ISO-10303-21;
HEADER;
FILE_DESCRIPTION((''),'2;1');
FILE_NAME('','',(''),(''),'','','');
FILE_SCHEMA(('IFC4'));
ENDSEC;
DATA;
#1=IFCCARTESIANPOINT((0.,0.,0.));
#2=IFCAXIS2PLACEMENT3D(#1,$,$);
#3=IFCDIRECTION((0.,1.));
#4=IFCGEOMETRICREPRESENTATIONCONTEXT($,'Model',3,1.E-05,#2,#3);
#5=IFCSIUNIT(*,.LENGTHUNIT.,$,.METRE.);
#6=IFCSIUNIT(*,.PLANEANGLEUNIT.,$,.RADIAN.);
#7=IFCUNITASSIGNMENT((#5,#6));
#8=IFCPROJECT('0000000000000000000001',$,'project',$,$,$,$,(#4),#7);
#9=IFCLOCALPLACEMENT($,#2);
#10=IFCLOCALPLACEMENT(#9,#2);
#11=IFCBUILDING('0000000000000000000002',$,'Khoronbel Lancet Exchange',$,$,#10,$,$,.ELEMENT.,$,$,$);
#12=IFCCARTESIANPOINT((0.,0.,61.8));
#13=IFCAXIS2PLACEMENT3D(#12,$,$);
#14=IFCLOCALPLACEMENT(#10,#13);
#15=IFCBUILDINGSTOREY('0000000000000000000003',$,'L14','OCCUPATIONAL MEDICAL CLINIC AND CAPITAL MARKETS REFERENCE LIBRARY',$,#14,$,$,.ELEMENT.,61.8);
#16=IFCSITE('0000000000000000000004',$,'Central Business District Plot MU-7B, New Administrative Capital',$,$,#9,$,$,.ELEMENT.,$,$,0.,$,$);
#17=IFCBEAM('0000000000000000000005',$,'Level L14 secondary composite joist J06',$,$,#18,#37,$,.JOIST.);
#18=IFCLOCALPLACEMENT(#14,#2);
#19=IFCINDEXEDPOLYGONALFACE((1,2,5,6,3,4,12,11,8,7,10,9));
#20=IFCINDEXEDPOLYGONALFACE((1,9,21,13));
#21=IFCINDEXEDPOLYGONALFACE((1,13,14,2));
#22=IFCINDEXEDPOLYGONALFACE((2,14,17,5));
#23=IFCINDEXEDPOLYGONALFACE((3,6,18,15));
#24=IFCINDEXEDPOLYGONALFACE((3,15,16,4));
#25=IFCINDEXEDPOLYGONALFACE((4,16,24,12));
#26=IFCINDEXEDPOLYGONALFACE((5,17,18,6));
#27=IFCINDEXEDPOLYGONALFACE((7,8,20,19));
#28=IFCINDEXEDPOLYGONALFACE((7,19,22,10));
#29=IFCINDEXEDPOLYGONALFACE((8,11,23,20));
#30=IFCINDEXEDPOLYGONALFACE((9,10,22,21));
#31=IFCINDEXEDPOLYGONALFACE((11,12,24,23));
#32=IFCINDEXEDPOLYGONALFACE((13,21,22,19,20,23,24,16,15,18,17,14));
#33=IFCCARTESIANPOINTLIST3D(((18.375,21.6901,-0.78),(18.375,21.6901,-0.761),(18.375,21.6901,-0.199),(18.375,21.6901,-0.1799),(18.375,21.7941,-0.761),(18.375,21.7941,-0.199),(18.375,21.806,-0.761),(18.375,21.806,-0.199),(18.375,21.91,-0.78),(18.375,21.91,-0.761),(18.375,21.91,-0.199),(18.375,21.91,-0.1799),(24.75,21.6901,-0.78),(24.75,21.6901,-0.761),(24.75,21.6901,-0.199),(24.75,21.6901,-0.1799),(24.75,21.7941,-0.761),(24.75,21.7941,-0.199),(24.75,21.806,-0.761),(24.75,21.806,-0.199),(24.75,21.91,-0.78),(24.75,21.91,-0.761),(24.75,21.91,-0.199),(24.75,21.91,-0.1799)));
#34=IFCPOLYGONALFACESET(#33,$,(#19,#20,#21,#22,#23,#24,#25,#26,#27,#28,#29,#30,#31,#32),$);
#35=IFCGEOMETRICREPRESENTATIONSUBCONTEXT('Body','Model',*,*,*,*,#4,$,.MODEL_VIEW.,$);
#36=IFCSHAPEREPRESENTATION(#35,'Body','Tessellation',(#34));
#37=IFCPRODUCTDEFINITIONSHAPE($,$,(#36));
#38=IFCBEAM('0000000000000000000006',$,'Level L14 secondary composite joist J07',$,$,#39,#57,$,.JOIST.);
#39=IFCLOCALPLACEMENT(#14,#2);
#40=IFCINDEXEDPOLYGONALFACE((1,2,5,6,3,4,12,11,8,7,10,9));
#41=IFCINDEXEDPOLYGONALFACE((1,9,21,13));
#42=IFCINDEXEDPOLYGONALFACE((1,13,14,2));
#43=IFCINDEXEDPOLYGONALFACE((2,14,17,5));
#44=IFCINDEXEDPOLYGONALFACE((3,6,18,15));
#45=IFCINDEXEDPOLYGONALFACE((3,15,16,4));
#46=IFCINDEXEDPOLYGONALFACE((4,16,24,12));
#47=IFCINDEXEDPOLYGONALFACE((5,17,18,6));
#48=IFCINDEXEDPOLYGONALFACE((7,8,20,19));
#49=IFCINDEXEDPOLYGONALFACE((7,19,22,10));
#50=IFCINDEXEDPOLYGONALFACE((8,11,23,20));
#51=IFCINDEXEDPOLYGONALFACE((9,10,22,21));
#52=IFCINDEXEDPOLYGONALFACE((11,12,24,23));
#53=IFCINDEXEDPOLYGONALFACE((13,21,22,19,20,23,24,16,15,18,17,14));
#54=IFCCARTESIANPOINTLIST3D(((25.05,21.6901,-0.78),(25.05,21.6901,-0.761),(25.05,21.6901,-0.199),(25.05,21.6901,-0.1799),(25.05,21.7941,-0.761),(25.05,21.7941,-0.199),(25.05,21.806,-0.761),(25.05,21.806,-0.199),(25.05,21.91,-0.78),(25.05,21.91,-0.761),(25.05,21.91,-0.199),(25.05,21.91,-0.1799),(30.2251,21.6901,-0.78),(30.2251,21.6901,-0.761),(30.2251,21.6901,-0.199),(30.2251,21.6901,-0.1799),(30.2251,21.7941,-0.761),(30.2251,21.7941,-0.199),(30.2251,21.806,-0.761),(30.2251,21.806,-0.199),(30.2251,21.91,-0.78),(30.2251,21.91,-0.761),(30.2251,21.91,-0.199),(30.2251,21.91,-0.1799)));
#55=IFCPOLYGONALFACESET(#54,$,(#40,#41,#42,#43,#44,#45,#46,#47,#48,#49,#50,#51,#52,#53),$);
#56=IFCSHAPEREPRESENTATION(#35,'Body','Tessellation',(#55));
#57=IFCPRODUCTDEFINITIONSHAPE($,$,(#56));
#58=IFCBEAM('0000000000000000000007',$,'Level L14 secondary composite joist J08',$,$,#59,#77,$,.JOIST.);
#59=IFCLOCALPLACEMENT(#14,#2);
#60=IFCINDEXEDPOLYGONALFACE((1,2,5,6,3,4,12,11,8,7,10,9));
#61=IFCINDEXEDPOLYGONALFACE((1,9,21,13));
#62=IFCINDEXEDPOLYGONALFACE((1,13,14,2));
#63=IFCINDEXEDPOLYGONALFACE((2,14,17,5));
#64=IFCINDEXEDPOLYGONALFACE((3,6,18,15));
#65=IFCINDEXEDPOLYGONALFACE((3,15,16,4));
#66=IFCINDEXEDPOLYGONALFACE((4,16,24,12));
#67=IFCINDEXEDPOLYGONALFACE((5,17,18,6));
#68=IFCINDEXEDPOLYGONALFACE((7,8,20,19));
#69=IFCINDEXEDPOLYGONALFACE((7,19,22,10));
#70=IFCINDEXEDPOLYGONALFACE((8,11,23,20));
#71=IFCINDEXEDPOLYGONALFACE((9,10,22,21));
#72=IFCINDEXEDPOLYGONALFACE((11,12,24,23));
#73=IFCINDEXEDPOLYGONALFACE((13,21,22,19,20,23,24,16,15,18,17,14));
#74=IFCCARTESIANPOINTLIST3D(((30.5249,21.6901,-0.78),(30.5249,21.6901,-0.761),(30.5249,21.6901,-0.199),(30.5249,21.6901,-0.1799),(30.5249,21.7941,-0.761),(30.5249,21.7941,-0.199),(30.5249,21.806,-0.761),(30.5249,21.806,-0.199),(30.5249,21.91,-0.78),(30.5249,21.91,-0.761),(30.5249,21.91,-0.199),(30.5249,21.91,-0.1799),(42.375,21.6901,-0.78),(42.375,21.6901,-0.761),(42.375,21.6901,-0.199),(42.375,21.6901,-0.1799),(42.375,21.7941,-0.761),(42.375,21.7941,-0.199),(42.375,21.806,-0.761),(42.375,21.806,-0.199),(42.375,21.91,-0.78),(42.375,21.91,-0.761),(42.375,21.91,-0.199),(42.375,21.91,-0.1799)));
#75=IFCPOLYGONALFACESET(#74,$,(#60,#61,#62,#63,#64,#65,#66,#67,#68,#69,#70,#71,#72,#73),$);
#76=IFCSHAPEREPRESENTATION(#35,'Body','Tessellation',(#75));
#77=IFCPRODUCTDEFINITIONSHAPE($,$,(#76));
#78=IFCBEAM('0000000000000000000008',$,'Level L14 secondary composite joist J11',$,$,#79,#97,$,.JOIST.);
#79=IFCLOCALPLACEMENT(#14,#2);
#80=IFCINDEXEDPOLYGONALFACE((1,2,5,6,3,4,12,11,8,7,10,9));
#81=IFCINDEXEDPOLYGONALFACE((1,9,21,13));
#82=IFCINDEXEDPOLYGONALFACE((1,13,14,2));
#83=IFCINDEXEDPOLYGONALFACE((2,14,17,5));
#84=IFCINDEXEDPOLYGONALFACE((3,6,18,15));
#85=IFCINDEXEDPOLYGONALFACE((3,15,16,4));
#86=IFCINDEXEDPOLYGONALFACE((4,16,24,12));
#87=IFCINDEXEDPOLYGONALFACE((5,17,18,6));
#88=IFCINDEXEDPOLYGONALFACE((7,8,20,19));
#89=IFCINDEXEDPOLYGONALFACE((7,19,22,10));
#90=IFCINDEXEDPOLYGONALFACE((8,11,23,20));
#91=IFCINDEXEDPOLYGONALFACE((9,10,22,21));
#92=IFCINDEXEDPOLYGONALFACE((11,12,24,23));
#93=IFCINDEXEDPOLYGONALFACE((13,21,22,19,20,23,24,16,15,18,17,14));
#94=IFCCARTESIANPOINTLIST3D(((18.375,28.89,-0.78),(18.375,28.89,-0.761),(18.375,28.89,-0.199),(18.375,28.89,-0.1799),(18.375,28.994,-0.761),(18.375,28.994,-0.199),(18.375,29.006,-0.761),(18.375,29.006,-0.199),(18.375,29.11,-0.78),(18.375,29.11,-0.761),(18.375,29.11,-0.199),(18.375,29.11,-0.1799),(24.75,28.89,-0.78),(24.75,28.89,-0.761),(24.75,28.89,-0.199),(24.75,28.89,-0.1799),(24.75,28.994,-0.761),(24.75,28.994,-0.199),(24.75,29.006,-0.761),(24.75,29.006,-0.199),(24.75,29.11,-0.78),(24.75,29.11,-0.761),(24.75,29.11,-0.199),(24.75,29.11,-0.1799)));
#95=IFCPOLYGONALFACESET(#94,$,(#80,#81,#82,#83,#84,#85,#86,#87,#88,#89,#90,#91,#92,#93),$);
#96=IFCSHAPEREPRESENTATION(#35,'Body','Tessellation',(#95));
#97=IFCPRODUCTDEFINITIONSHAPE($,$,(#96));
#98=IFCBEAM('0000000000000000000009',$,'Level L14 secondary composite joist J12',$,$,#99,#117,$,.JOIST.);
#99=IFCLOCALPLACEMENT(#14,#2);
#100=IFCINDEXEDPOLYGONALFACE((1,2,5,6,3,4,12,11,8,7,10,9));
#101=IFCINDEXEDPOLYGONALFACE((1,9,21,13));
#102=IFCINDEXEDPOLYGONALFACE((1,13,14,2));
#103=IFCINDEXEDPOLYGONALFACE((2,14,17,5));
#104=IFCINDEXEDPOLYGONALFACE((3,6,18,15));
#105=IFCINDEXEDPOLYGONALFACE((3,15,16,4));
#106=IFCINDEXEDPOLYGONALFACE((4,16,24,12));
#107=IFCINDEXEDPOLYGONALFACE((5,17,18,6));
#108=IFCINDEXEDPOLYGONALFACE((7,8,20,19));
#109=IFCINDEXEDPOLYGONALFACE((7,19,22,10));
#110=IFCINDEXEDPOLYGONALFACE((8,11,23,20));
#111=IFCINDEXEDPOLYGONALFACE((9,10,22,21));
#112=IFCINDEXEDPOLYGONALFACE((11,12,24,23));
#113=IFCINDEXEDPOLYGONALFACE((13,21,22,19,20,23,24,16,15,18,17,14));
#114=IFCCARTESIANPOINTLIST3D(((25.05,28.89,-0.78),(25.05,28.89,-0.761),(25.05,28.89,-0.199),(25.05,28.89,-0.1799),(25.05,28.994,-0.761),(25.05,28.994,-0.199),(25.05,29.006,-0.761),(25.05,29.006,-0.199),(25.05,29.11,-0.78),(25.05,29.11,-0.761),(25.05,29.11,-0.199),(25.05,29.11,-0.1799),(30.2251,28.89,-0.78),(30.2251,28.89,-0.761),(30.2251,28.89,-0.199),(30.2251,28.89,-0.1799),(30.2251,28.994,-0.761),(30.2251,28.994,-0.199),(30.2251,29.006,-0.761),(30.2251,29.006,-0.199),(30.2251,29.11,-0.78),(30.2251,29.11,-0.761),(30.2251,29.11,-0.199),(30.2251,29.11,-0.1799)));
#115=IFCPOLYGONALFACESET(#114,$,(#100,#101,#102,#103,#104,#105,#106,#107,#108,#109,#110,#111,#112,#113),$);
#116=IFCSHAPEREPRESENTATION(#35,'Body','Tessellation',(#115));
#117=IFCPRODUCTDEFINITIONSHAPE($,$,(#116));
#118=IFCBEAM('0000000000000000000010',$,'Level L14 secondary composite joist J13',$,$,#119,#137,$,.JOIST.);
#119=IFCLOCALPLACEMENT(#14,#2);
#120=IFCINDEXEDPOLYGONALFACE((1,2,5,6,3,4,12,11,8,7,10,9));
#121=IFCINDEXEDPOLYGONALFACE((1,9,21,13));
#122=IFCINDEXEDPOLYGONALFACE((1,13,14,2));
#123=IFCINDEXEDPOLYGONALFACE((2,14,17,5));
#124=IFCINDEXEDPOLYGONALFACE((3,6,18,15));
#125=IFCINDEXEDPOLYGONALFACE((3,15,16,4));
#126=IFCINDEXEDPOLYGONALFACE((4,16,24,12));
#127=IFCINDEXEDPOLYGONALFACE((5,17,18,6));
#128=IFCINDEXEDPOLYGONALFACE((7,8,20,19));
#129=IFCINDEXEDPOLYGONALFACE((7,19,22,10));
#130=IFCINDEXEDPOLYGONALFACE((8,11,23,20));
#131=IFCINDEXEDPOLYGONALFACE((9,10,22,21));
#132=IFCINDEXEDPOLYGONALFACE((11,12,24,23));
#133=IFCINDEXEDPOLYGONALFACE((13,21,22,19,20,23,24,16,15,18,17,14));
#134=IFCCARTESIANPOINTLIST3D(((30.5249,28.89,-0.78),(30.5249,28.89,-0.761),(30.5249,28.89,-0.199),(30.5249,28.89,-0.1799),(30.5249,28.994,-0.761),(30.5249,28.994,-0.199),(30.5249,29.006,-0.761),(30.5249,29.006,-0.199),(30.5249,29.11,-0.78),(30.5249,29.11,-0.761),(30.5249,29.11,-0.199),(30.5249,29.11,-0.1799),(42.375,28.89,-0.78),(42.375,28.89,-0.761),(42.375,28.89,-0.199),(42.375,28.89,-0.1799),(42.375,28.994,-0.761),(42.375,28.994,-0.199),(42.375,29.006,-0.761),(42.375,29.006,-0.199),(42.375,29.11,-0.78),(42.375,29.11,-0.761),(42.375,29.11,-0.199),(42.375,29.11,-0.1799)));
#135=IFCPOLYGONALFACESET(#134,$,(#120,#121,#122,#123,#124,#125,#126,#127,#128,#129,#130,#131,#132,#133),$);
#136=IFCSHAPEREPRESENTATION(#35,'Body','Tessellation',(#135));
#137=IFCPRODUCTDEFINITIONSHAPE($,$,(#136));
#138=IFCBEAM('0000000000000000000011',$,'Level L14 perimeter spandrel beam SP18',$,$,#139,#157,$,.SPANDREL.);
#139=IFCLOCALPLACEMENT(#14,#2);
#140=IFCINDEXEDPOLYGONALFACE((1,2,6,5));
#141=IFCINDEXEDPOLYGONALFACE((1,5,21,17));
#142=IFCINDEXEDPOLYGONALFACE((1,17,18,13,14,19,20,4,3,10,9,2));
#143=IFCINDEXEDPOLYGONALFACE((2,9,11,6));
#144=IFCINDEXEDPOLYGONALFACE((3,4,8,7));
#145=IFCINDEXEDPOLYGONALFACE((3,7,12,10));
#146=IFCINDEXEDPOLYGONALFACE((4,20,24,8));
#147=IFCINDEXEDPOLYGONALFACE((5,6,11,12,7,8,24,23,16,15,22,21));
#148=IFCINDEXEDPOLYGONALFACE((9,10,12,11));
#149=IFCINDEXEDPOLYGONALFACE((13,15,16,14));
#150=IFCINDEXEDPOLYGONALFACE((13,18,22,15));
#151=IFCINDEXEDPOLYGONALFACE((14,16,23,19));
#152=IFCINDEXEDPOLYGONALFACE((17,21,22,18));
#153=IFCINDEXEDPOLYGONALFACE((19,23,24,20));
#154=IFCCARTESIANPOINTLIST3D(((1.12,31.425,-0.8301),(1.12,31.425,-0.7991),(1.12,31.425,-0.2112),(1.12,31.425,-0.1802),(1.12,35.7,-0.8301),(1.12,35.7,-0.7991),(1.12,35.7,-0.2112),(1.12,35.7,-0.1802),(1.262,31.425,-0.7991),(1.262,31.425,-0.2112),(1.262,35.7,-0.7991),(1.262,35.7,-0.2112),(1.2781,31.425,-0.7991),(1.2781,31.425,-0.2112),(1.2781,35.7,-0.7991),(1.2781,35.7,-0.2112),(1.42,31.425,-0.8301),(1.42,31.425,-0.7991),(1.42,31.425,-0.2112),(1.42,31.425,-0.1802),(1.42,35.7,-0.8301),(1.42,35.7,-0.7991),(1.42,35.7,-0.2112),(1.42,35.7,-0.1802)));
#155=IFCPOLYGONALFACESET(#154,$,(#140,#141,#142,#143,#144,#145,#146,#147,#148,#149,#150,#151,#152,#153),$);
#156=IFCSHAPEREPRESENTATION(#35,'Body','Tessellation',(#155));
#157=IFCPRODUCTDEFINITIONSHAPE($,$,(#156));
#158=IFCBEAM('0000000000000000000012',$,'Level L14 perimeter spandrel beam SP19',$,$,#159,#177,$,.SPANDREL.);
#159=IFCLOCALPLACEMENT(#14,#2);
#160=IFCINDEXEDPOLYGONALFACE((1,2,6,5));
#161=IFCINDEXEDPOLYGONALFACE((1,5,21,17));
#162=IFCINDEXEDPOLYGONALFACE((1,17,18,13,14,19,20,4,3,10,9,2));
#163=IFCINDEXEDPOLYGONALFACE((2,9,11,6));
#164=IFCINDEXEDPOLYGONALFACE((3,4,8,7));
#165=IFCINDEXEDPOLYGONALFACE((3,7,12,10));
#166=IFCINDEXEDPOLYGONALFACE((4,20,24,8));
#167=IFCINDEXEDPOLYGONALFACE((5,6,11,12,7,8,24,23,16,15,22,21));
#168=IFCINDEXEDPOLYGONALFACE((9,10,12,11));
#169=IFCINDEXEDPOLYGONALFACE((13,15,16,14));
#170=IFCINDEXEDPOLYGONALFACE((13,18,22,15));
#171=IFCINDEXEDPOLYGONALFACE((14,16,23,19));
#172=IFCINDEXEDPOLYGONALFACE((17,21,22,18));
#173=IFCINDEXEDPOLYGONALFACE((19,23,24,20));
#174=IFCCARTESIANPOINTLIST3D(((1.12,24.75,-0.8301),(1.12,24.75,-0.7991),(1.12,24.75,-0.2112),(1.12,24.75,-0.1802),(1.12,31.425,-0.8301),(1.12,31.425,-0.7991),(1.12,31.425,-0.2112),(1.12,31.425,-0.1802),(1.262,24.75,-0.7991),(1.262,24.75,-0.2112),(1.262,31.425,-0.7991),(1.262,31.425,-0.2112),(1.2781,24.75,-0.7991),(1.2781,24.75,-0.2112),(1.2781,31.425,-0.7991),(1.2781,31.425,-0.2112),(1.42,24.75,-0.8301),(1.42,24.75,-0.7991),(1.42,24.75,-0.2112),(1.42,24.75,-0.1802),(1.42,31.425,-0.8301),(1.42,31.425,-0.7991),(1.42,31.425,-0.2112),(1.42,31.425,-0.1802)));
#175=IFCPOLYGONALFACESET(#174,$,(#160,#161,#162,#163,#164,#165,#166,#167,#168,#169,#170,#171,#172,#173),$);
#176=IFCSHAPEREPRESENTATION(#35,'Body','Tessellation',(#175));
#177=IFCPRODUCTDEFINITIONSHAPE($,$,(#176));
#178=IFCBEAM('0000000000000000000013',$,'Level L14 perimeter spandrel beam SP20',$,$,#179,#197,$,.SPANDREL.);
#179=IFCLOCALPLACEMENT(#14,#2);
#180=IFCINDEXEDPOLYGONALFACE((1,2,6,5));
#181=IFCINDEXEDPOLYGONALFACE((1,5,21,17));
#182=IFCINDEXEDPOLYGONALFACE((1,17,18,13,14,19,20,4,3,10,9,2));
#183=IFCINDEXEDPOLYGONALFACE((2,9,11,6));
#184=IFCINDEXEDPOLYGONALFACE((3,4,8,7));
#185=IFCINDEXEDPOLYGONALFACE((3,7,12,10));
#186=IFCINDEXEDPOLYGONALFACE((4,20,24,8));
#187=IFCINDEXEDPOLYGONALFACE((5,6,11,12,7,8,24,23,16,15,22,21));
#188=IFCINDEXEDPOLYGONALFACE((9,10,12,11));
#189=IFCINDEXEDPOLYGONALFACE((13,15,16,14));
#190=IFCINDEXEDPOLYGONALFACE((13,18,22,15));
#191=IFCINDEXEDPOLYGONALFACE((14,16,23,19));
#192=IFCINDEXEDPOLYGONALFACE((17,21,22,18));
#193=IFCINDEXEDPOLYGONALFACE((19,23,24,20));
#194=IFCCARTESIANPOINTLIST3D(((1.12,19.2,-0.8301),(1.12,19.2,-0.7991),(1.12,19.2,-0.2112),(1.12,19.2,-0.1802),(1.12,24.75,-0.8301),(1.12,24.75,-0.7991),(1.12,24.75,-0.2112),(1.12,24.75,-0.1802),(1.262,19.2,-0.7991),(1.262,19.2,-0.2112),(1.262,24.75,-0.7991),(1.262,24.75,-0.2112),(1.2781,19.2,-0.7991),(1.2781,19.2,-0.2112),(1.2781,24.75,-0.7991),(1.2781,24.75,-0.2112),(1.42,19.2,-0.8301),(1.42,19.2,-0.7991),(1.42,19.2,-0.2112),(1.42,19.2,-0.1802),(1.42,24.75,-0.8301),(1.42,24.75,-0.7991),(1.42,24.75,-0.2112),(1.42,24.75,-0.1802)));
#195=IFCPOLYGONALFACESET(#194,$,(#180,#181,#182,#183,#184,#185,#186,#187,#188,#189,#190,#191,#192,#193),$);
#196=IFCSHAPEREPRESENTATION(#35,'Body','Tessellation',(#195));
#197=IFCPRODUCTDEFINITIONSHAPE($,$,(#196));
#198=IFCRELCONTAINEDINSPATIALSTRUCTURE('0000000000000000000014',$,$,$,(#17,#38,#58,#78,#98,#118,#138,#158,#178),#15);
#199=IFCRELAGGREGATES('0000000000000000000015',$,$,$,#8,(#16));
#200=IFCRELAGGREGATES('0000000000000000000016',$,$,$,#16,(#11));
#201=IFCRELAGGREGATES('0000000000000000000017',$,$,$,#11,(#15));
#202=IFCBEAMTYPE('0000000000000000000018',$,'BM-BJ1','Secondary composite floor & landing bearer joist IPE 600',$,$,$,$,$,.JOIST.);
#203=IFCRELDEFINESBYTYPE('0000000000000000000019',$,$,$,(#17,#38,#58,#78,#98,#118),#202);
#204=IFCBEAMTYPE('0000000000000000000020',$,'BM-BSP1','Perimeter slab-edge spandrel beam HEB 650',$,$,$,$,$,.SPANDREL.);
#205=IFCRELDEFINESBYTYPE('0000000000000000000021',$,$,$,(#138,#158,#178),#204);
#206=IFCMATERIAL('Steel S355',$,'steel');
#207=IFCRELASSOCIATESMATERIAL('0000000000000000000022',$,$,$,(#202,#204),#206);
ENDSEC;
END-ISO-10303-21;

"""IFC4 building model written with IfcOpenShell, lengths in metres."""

from ifc_helpers import new_model, si_unit, direction, frame, origin, origin_2d, place, context, subcontext, project, spatial, i_section, extrude, material, material_profile, profile_set, type_object, element, save


model = new_model("IFC4")

# Units and contexts
model_context = context("Model", 3, precision=1e-05, world=origin(), true_north=direction((0.0, 1.0)))
body_context = subcontext(model_context, "Body", "Model", "MODEL_VIEW")
ifc_project = project(units=[si_unit("LENGTHUNIT", "METRE"), si_unit("PLANEANGLEUNIT", "RADIAN")], contexts=[model_context])

# Site, building, storey
site_placement = place(None, origin())
site = spatial("IfcSite", under=ifc_project, at=site_placement, Name="Central Business District Plot MU-7B, New Administrative Capital", CompositionType="ELEMENT", RefElevation=0.0)
building_placement = place(site_placement, origin())
building = spatial("IfcBuilding", under=site, at=building_placement, Name="Khoronbel Lancet Exchange", CompositionType="ELEMENT")
storey_placement = place(building_placement, frame((0.0, 0.0, 61.8)))
storey = spatial("IfcBuildingStorey", under=building, at=storey_placement, Name="L14", Description="OCCUPATIONAL MEDICAL CLINIC AND CAPITAL MARKETS REFERENCE LIBRARY", CompositionType="ELEMENT", Elevation=61.8)

# Shared definitions
ifc_material_1 = material(Name="Steel S355", Category="steel")

# Beams
ifc_material_profile_1 = material_profile(ifc_material_1, i_section(OverallWidth=0.22, OverallDepth=0.6001, WebThickness=0.012, FlangeThickness=0.019, at=origin_2d()), Name="IPE 600")
ifc_profile_set_1 = profile_set([ifc_material_profile_1], Name="Steel S355")
beam_type_1 = type_object("IfcBeamType", Name="BM-BJ1", Description="Secondary composite floor & landing bearer joist IPE 600", PredefinedType="JOIST", material=ifc_profile_set_1)
beam_1_placement = place(storey_placement, frame((18.375, 21.8, -0.48), z_axis=(1.0, 0.0, 0.0), x_axis=(0.0, 1.0, 0.0)))
element("IfcBeam", 1, at=beam_1_placement, inside=storey, type_object=beam_type_1, Name="Level L14 secondary composite joist J06", PredefinedType="JOIST", context=body_context, shape_type="SweptSolid", body=[
    extrude(i_section(OverallWidth=0.22, OverallDepth=0.6001, WebThickness=0.012, FlangeThickness=0.019, at=origin_2d()), origin(), (0.0, 0.0, 1.0), 6.375),
])
beam_2_placement = place(storey_placement, frame((25.05, 21.8, -0.48), z_axis=(1.0, 0.0, 0.0), x_axis=(0.0, 1.0, 0.0)))
element("IfcBeam", 2, at=beam_2_placement, inside=storey, type_object=beam_type_1, Name="Level L14 secondary composite joist J07", PredefinedType="JOIST", context=body_context, shape_type="SweptSolid", body=[
    extrude(i_section(OverallWidth=0.22, OverallDepth=0.6001, WebThickness=0.012, FlangeThickness=0.019, at=origin_2d()), origin(), (0.0, 0.0, 1.0), 5.175),
])
beam_3_placement = place(storey_placement, frame((30.5249, 21.8, -0.48), z_axis=(1.0, 0.0, 0.0), x_axis=(0.0, 1.0, 0.0)))
element("IfcBeam", 3, at=beam_3_placement, inside=storey, type_object=beam_type_1, Name="Level L14 secondary composite joist J08", PredefinedType="JOIST", context=body_context, shape_type="SweptSolid", body=[
    extrude(i_section(OverallWidth=0.22, OverallDepth=0.6001, WebThickness=0.012, FlangeThickness=0.019, at=origin_2d()), origin(), (0.0, 0.0, 1.0), 11.8501),
])
beam_4_placement = place(storey_placement, frame((18.375, 29.0, -0.48), z_axis=(1.0, 0.0, 0.0), x_axis=(0.0, 1.0, 0.0)))
element("IfcBeam", 4, at=beam_4_placement, inside=storey, type_object=beam_type_1, Name="Level L14 secondary composite joist J11", PredefinedType="JOIST", context=body_context, shape_type="SweptSolid", body=[
    extrude(i_section(OverallWidth=0.22, OverallDepth=0.6001, WebThickness=0.012, FlangeThickness=0.019, at=origin_2d()), origin(), (0.0, 0.0, 1.0), 6.375),
])
beam_5_placement = place(storey_placement, frame((25.05, 29.0, -0.48), z_axis=(1.0, 0.0, 0.0), x_axis=(0.0, 1.0, 0.0)))
element("IfcBeam", 5, at=beam_5_placement, inside=storey, type_object=beam_type_1, Name="Level L14 secondary composite joist J12", PredefinedType="JOIST", context=body_context, shape_type="SweptSolid", body=[
    extrude(i_section(OverallWidth=0.22, OverallDepth=0.6001, WebThickness=0.012, FlangeThickness=0.019, at=origin_2d()), origin(), (0.0, 0.0, 1.0), 5.175),
])
beam_6_placement = place(storey_placement, frame((30.5249, 29.0, -0.48), z_axis=(1.0, 0.0, 0.0), x_axis=(0.0, 1.0, 0.0)))
element("IfcBeam", 6, at=beam_6_placement, inside=storey, type_object=beam_type_1, Name="Level L14 secondary composite joist J13", PredefinedType="JOIST", context=body_context, shape_type="SweptSolid", body=[
    extrude(i_section(OverallWidth=0.22, OverallDepth=0.6001, WebThickness=0.012, FlangeThickness=0.019, at=origin_2d()), origin(), (0.0, 0.0, 1.0), 11.8501),
])
ifc_material_profile_2 = material_profile(ifc_material_1, i_section(OverallWidth=0.3, OverallDepth=0.6499, WebThickness=0.0161, FlangeThickness=0.031, at=origin_2d()), Name="HEB 650")
ifc_profile_set_2 = profile_set([ifc_material_profile_2], Name="Steel S355")
beam_type_2 = type_object("IfcBeamType", Name="BM-BSP1", Description="Perimeter slab-edge spandrel beam HEB 650", PredefinedType="SPANDREL", material=ifc_profile_set_2)
beam_7_placement = place(storey_placement, frame((1.27, 35.7, -0.5051), z_axis=(0.0, -1.0, 0.0), x_axis=(1.0, 0.0, 0.0)))
element("IfcBeam", 7, at=beam_7_placement, inside=storey, type_object=beam_type_2, Name="Level L14 perimeter spandrel beam SP18", PredefinedType="SPANDREL", context=body_context, shape_type="SweptSolid", body=[
    extrude(i_section(OverallWidth=0.3, OverallDepth=0.6499, WebThickness=0.0161, FlangeThickness=0.031, at=origin_2d()), origin(), (0.0, 0.0, 1.0), 4.2749),
])
beam_8_placement = place(storey_placement, frame((1.27, 31.425, -0.5051), z_axis=(0.0, -1.0, 0.0), x_axis=(1.0, 0.0, 0.0)))
element("IfcBeam", 8, at=beam_8_placement, inside=storey, type_object=beam_type_2, Name="Level L14 perimeter spandrel beam SP19", PredefinedType="SPANDREL", context=body_context, shape_type="SweptSolid", body=[
    extrude(i_section(OverallWidth=0.3, OverallDepth=0.6499, WebThickness=0.0161, FlangeThickness=0.031, at=origin_2d()), origin(), (0.0, 0.0, 1.0), 6.675),
])
beam_9_placement = place(storey_placement, frame((1.27, 24.75, -0.5051), z_axis=(0.0, -1.0, 0.0), x_axis=(1.0, 0.0, 0.0)))
element("IfcBeam", 9, at=beam_9_placement, inside=storey, type_object=beam_type_2, Name="Level L14 perimeter spandrel beam SP20", PredefinedType="SPANDREL", context=body_context, shape_type="SweptSolid", body=[
    extrude(i_section(OverallWidth=0.3, OverallDepth=0.6499, WebThickness=0.0161, FlangeThickness=0.031, at=origin_2d()), origin(), (0.0, 0.0, 1.0), 5.55),
])

save(model, "model.ifc")
